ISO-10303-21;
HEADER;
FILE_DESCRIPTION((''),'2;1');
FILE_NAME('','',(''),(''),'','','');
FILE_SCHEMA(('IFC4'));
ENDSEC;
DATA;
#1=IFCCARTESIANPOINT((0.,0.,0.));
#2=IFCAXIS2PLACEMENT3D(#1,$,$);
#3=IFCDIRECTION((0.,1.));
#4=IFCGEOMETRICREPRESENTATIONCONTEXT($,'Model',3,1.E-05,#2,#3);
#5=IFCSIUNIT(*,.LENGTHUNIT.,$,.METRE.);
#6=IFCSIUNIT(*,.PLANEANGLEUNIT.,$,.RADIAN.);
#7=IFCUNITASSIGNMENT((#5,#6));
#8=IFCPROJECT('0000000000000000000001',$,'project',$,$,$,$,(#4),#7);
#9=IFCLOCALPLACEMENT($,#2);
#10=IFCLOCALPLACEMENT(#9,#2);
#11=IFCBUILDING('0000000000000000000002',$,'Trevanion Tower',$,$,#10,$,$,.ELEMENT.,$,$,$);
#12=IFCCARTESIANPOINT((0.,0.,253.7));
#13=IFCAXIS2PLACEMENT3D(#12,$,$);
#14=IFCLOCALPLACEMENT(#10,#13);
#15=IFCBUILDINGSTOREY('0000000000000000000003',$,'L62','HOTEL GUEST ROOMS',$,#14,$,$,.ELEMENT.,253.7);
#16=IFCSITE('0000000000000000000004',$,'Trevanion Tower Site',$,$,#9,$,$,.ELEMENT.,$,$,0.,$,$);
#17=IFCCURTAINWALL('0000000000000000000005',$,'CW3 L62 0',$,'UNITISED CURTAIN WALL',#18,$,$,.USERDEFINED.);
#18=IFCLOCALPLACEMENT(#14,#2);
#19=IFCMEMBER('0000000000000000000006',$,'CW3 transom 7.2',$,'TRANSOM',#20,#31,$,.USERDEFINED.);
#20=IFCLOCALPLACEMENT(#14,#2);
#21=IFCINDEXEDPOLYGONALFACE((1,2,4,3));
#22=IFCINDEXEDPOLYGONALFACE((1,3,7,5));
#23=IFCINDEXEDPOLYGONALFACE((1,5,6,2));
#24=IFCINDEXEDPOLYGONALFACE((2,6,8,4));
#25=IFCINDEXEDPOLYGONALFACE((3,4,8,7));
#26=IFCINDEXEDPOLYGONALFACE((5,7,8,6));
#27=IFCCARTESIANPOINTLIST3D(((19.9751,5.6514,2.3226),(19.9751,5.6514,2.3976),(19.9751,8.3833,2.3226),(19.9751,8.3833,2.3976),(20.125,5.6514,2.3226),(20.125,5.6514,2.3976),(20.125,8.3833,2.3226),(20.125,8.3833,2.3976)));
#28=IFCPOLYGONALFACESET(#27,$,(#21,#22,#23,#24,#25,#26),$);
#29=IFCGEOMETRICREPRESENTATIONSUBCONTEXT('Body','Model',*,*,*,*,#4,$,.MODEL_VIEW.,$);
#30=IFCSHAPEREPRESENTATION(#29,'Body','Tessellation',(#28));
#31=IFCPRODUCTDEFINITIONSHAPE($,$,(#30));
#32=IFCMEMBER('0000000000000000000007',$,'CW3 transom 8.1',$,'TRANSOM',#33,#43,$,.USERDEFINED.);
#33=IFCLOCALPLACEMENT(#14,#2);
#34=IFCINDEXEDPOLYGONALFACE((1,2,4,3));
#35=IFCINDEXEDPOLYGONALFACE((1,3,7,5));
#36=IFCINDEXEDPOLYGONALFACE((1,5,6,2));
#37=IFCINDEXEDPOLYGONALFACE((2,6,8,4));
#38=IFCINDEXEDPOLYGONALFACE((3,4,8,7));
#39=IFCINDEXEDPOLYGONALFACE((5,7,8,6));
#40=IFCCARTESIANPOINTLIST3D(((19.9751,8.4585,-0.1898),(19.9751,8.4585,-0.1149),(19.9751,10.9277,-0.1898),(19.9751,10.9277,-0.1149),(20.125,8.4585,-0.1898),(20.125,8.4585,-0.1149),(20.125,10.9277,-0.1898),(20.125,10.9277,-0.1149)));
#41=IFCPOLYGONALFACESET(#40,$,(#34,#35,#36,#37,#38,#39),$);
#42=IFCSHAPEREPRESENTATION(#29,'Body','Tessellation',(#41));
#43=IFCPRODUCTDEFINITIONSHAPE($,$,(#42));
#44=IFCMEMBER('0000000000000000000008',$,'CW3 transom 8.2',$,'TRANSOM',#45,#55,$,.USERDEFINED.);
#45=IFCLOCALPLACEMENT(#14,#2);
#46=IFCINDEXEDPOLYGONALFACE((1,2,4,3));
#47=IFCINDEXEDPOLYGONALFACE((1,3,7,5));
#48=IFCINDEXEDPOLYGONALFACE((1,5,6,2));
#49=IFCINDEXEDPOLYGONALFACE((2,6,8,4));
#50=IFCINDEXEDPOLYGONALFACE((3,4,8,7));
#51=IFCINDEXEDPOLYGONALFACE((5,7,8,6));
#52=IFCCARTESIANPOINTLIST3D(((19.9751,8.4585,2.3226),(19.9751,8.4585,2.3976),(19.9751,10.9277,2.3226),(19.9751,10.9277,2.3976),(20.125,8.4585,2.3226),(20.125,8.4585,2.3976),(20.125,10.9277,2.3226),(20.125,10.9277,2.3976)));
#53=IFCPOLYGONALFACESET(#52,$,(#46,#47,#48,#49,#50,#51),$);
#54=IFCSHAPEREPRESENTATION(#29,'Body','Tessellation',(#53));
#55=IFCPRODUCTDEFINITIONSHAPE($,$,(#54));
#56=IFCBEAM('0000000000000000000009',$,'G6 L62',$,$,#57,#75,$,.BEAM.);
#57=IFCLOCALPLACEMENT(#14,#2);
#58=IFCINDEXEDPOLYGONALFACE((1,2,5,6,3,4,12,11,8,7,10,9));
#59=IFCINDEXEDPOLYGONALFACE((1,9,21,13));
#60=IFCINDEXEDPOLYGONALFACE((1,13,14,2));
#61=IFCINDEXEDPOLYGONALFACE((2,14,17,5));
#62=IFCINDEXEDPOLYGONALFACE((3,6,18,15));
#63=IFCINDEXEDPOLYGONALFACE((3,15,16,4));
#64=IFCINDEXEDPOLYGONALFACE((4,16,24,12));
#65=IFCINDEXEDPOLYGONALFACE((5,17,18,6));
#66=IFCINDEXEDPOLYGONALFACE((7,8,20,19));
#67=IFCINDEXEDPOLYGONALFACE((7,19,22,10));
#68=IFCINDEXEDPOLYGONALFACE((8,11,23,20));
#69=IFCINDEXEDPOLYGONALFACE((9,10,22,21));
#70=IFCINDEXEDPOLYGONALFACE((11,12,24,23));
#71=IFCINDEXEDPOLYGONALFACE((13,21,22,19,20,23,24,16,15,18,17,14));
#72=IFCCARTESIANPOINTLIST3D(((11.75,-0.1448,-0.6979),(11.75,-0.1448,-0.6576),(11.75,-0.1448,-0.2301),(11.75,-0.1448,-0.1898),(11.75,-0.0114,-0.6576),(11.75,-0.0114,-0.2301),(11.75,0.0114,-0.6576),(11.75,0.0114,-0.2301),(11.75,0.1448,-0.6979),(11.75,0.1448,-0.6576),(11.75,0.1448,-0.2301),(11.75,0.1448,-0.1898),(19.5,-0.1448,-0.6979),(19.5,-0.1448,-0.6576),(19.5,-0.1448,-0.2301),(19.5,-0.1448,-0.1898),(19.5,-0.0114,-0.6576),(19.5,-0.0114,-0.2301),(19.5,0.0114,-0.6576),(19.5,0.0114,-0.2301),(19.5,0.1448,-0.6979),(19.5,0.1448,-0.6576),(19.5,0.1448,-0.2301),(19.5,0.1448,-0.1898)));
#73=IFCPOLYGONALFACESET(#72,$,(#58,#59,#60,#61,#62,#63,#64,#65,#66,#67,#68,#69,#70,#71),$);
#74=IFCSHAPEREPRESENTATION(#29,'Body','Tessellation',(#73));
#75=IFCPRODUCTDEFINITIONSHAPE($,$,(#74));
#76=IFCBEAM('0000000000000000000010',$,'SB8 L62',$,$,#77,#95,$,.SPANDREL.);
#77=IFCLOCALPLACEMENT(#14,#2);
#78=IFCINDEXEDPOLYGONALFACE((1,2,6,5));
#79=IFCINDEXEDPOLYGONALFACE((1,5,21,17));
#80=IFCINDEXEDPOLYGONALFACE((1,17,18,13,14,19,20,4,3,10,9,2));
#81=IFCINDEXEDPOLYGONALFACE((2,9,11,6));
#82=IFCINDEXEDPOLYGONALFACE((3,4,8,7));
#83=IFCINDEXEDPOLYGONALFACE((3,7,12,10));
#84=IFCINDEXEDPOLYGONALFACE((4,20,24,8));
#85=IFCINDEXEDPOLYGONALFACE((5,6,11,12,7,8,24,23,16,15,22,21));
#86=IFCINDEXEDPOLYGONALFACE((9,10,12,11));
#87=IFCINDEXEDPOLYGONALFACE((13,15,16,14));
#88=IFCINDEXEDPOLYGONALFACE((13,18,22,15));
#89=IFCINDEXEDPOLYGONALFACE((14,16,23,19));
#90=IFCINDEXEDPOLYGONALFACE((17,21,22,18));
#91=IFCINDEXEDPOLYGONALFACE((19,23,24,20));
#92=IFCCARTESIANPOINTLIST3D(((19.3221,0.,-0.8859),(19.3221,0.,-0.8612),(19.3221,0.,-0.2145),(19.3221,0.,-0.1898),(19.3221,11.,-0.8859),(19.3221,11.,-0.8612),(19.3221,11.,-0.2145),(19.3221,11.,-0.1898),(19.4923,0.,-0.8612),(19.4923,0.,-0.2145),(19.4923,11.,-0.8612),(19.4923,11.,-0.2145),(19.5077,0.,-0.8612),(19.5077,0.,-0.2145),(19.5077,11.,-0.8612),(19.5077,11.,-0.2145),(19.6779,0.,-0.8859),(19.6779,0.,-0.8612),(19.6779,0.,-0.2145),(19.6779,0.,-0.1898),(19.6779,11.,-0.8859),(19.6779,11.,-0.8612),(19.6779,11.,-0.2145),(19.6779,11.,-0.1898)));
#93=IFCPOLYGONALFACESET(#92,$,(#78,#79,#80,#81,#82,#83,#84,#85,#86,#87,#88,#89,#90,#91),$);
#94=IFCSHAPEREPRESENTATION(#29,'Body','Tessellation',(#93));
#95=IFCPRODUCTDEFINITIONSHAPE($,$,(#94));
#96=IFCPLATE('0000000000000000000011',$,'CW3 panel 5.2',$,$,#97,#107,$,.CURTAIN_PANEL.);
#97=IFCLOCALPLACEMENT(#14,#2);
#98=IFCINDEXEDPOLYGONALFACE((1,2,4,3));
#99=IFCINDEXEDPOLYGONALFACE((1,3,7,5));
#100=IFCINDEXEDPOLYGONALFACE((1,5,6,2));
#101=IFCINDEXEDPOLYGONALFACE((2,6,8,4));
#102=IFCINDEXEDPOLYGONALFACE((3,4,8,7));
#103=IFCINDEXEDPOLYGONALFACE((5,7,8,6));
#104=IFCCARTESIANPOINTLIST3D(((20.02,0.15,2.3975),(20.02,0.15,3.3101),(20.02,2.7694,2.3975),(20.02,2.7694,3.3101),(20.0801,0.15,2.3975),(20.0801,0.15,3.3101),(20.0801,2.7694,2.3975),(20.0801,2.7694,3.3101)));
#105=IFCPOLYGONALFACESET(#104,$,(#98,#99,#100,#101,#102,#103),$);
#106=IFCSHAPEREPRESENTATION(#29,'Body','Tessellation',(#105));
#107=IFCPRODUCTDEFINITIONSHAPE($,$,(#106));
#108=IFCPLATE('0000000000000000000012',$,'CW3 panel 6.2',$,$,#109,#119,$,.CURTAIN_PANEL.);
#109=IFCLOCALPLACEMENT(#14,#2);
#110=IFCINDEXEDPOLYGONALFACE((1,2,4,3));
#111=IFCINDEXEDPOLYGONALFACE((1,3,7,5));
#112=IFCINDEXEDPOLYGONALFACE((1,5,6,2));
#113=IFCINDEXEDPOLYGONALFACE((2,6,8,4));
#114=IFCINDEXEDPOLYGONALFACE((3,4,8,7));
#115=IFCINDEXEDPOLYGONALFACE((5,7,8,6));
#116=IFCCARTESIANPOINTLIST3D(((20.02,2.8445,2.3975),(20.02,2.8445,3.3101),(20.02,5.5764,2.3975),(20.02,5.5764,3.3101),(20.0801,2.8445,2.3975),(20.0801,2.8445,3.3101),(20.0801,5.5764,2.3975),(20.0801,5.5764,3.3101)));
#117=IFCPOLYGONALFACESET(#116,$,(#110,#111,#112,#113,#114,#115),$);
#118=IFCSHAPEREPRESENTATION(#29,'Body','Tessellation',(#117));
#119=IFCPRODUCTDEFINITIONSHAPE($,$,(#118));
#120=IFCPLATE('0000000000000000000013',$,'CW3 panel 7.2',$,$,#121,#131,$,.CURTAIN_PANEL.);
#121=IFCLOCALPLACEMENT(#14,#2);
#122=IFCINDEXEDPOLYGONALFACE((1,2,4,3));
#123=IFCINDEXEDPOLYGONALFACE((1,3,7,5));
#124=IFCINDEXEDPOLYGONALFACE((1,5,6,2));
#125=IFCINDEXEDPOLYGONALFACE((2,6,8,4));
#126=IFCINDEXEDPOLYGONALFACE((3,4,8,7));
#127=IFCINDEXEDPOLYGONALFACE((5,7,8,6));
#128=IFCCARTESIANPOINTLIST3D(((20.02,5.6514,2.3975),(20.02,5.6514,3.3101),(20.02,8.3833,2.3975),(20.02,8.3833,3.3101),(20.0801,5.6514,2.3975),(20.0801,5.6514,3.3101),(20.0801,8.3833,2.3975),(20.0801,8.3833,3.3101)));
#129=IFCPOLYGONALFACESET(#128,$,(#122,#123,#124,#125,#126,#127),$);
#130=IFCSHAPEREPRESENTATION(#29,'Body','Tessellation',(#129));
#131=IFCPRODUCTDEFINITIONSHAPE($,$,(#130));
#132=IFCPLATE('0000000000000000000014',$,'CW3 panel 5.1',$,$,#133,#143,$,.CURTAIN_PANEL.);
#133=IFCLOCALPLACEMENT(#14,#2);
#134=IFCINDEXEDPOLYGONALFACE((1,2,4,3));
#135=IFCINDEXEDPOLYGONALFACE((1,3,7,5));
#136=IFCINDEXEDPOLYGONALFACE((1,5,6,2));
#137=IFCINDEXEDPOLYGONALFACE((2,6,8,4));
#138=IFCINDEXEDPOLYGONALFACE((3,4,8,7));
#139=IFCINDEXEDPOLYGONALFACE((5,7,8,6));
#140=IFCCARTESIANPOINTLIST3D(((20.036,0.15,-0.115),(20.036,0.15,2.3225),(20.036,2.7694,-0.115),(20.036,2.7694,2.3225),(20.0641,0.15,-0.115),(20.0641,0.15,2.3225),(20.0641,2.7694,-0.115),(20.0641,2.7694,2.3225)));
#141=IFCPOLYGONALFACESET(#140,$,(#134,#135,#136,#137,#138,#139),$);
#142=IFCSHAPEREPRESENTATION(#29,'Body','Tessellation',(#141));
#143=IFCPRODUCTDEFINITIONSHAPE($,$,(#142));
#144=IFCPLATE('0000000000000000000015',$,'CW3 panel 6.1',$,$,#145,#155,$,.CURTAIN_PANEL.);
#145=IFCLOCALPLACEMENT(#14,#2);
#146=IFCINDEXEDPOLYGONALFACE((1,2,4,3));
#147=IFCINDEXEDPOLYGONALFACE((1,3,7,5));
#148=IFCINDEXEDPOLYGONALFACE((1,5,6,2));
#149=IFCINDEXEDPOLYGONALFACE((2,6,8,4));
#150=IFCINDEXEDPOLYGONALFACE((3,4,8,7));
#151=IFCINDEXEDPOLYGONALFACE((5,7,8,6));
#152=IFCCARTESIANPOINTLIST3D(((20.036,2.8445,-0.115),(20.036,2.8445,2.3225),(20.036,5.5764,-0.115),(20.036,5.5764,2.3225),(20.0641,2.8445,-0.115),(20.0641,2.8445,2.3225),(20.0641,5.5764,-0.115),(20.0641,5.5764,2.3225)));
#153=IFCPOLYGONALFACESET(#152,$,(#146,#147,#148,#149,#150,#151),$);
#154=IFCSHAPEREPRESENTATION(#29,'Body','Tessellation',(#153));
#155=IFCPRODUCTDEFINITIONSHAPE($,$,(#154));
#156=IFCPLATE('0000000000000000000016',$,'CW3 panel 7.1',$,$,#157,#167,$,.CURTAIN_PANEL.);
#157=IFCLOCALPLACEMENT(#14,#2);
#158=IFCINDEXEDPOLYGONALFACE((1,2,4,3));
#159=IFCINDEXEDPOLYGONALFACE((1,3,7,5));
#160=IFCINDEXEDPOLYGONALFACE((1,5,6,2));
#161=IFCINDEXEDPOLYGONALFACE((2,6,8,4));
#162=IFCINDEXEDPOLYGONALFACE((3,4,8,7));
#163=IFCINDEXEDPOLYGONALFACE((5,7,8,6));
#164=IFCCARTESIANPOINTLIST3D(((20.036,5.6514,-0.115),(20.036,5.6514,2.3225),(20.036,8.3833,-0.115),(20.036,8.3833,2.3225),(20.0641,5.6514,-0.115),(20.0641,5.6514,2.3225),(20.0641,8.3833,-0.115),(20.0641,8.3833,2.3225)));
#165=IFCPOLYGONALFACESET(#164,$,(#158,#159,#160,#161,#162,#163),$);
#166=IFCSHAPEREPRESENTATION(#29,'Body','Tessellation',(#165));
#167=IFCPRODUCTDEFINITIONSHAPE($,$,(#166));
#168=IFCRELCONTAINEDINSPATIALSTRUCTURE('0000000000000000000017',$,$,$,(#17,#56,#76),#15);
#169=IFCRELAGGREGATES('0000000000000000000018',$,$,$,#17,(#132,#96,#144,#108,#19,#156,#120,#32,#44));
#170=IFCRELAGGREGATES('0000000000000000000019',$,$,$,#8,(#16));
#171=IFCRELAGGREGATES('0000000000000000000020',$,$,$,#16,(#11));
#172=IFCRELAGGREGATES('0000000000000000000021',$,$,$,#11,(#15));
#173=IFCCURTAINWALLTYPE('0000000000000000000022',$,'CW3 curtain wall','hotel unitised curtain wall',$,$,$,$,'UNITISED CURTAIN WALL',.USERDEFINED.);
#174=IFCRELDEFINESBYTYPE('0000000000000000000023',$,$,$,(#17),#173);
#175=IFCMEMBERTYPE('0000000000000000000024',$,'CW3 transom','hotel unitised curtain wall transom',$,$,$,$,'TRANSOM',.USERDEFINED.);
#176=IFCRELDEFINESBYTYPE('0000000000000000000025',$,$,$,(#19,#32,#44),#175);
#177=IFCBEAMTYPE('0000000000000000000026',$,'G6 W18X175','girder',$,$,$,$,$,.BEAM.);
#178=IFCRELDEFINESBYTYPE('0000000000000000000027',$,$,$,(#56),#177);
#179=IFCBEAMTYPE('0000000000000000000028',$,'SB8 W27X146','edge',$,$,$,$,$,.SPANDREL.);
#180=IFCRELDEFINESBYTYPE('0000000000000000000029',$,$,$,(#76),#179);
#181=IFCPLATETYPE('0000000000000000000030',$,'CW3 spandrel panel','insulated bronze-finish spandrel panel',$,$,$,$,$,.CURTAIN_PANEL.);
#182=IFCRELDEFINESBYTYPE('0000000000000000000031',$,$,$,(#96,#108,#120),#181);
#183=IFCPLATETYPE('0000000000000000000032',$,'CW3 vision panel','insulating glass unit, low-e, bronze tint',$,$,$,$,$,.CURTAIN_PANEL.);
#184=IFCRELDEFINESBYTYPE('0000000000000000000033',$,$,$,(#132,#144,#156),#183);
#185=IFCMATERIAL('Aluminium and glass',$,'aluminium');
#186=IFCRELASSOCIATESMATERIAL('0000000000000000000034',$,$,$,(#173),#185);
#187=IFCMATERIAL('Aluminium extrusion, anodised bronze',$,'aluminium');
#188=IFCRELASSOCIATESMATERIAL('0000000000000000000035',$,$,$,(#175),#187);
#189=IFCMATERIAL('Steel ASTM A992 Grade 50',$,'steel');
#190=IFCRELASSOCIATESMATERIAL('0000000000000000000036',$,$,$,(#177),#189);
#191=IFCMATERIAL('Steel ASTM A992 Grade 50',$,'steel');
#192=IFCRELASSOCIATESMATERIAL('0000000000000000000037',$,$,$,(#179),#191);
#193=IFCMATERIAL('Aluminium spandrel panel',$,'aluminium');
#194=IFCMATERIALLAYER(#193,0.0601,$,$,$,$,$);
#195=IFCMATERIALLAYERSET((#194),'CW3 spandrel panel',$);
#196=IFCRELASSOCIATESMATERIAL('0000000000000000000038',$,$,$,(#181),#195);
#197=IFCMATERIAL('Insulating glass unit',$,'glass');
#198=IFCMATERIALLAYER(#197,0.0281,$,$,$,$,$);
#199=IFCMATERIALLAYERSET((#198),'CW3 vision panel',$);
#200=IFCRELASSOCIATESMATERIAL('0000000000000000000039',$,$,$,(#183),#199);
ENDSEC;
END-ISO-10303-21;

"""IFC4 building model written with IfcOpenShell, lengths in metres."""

from ifc_helpers import new_model, si_unit, direction, frame, origin, origin_2d, place, context, subcontext, project, spatial, rectangle, i_section, extrude, material, layer, layer_set, material_profile, profile_set, type_object, element, aggregate, save


model = new_model("IFC4")

# Units and contexts
model_context = context("Model", 3, precision=1e-05, world=origin(), true_north=direction((0.0, 1.0)))
body_context = subcontext(model_context, "Body", "Model", "MODEL_VIEW")
ifc_project = project(units=[si_unit("LENGTHUNIT", "METRE"), si_unit("PLANEANGLEUNIT", "RADIAN")], contexts=[model_context])

# Site, building, storey
site_placement = place(None, origin())
site = spatial("IfcSite", under=ifc_project, at=site_placement, Name="Trevanion Tower Site", CompositionType="ELEMENT", RefElevation=0.0)
building_placement = place(site_placement, origin())
building = spatial("IfcBuilding", under=site, at=building_placement, Name="Trevanion Tower", CompositionType="ELEMENT")
storey_placement = place(building_placement, frame((0.0, 0.0, 253.7)))
storey = spatial("IfcBuildingStorey", under=building, at=storey_placement, Name="L62", Description="HOTEL GUEST ROOMS", CompositionType="ELEMENT", Elevation=253.7)

# Curtain wall, members
ifc_material_1 = material(Name="Aluminium and glass", Category="aluminium")
curtain_wall_type = type_object("IfcCurtainWallType", Name="CW3 curtain wall", Description="hotel unitised curtain wall", ElementType="UNITISED CURTAIN WALL", PredefinedType="USERDEFINED", material=ifc_material_1)
curtain_wall_placement = place(storey_placement, origin())
curtain_wall = element("IfcCurtainWall", 1, at=curtain_wall_placement, inside=storey, type_object=curtain_wall_type, Name="CW3 L62 0", ObjectType="UNITISED CURTAIN WALL", PredefinedType="USERDEFINED")
ifc_material_2 = material(Name="Aluminium extrusion, anodised bronze", Category="aluminium")
ifc_material_profile_1 = material_profile(ifc_material_2, rectangle(XDim=0.1499, YDim=0.075, at=origin_2d()), Name="CW3 transom")
ifc_profile_set_1 = profile_set([ifc_material_profile_1], Name="Aluminium extrusion, anodised bronze")
member_type_1 = type_object("IfcMemberType", Name="CW3 transom", Description="hotel unitised curtain wall transom", ElementType="TRANSOM", PredefinedType="USERDEFINED", material=ifc_profile_set_1)
member_1_placement = place(storey_placement, frame((20.05, 5.6514, 2.3601), z_axis=(0.0, 1.0, 0.0), x_axis=(-1.0, 0.0, 0.0)))
member_1 = element("IfcMember", 2, at=member_1_placement, type_object=member_type_1, Name="CW3 transom 7.2", ObjectType="TRANSOM", PredefinedType="USERDEFINED", context=body_context, shape_type="SweptSolid", body=[
    extrude(rectangle(XDim=0.1499, YDim=0.075, at=origin_2d()), origin(), (0.0, 0.0, 1.0), 2.7319),
])
member_2_placement = place(storey_placement, frame((20.05, 8.4585, -0.1523), z_axis=(0.0, 1.0, 0.0), x_axis=(-1.0, 0.0, 0.0)))
member_2 = element("IfcMember", 3, at=member_2_placement, type_object=member_type_1, Name="CW3 transom 8.1", ObjectType="TRANSOM", PredefinedType="USERDEFINED", context=body_context, shape_type="SweptSolid", body=[
    extrude(rectangle(XDim=0.1499, YDim=0.075, at=origin_2d()), origin(), (0.0, 0.0, 1.0), 2.4692),
])
member_3_placement = place(storey_placement, frame((20.05, 8.4585, 2.3601), z_axis=(0.0, 1.0, 0.0), x_axis=(-1.0, 0.0, 0.0)))
member_3 = element("IfcMember", 4, at=member_3_placement, type_object=member_type_1, Name="CW3 transom 8.2", ObjectType="TRANSOM", PredefinedType="USERDEFINED", context=body_context, shape_type="SweptSolid", body=[
    extrude(rectangle(XDim=0.1499, YDim=0.075, at=origin_2d()), origin(), (0.0, 0.0, 1.0), 2.4692),
])

# Beams
ifc_material_3 = material(Name="Steel ASTM A992 Grade 50", Category="steel")
ifc_material_profile_2 = material_profile(ifc_material_3, i_section(OverallWidth=0.2896, OverallDepth=0.5081, WebThickness=0.0227, FlangeThickness=0.0403, at=origin_2d()), Name="W18X175")
ifc_profile_set_2 = profile_set([ifc_material_profile_2], Name="Steel ASTM A992 Grade 50")
beam_type_1 = type_object("IfcBeamType", Name="G6 W18X175", Description="girder", PredefinedType="BEAM", material=ifc_profile_set_2)
beam_1_placement = place(storey_placement, frame((11.75, 0.0, -0.4438), z_axis=(1.0, 0.0, 0.0), x_axis=(0.0, 1.0, 0.0)))
element("IfcBeam", 5, at=beam_1_placement, inside=storey, type_object=beam_type_1, Name="G6 L62", PredefinedType="BEAM", context=body_context, shape_type="SweptSolid", body=[
    extrude(i_section(OverallWidth=0.2896, OverallDepth=0.5081, WebThickness=0.0227, FlangeThickness=0.0403, at=origin_2d()), origin(), (0.0, 0.0, 1.0), 7.75),
])
ifc_material_4 = material(Name="Steel ASTM A992 Grade 50", Category="steel")
ifc_material_profile_3 = material_profile(ifc_material_4, i_section(OverallWidth=0.3557, OverallDepth=0.696, WebThickness=0.0154, FlangeThickness=0.0247, at=origin_2d()), Name="W27X146")
ifc_profile_set_3 = profile_set([ifc_material_profile_3], Name="Steel ASTM A992 Grade 50")
beam_type_2 = type_object("IfcBeamType", Name="SB8 W27X146", Description="edge", PredefinedType="SPANDREL", material=ifc_profile_set_3)
beam_2_placement = place(storey_placement, frame((19.5, 0.0, -0.5378), z_axis=(0.0, 1.0, 0.0), x_axis=(-1.0, 0.0, 0.0)))
element("IfcBeam", 6, at=beam_2_placement, inside=storey, type_object=beam_type_2, Name="SB8 L62", PredefinedType="SPANDREL", context=body_context, shape_type="SweptSolid", body=[
    extrude(i_section(OverallWidth=0.3557, OverallDepth=0.696, WebThickness=0.0154, FlangeThickness=0.0247, at=origin_2d()), origin(), (0.0, 0.0, 1.0), 11.0),
])

# Plates
ifc_material_5 = material(Name="Aluminium spandrel panel", Category="aluminium")
ifc_layer_1 = layer(ifc_material_5, 0.0601)
ifc_layer_set_1 = layer_set([ifc_layer_1], Name="CW3 spandrel panel")
plate_type_1 = type_object("IfcPlateType", Name="CW3 spandrel panel", Description="insulated bronze-finish spandrel panel", PredefinedType="CURTAIN_PANEL", material=ifc_layer_set_1)
plate_1_placement = place(storey_placement, frame((20.05, 1.4597, 2.3975), z_axis=(0.0, 0.0, 1.0), x_axis=(0.0, 1.0, 0.0)))
plate_1 = element("IfcPlate", 7, at=plate_1_placement, type_object=plate_type_1, Name="CW3 panel 5.2", PredefinedType="CURTAIN_PANEL", context=body_context, shape_type="SweptSolid", body=[
    extrude(rectangle(XDim=2.6194, YDim=0.0601, at=origin_2d()), origin(), (0.0, 0.0, 1.0), 0.9126),
])
plate_2_placement = place(storey_placement, frame((20.05, 4.2104, 2.3975), z_axis=(0.0, 0.0, 1.0), x_axis=(0.0, 1.0, 0.0)))
plate_2 = element("IfcPlate", 8, at=plate_2_placement, type_object=plate_type_1, Name="CW3 panel 6.2", PredefinedType="CURTAIN_PANEL", context=body_context, shape_type="SweptSolid", body=[
    extrude(rectangle(XDim=2.7319, YDim=0.0601, at=origin_2d()), origin(), (0.0, 0.0, 1.0), 0.9126),
])
plate_3_placement = place(storey_placement, frame((20.05, 7.0173, 2.3975), z_axis=(0.0, 0.0, 1.0), x_axis=(0.0, 1.0, 0.0)))
plate_3 = element("IfcPlate", 9, at=plate_3_placement, type_object=plate_type_1, Name="CW3 panel 7.2", PredefinedType="CURTAIN_PANEL", context=body_context, shape_type="SweptSolid", body=[
    extrude(rectangle(XDim=2.7319, YDim=0.0601, at=origin_2d()), origin(), (0.0, 0.0, 1.0), 0.9126),
])
ifc_material_6 = material(Name="Insulating glass unit", Category="glass")
ifc_layer_2 = layer(ifc_material_6, 0.0281)
ifc_layer_set_2 = layer_set([ifc_layer_2], Name="CW3 vision panel")
plate_type_2 = type_object("IfcPlateType", Name="CW3 vision panel", Description="insulating glass unit, low-e, bronze tint", PredefinedType="CURTAIN_PANEL", material=ifc_layer_set_2)
plate_4_placement = place(storey_placement, frame((20.05, 1.4597, -0.115), z_axis=(0.0, 0.0, 1.0), x_axis=(0.0, 1.0, 0.0)))
plate_4 = element("IfcPlate", 10, at=plate_4_placement, type_object=plate_type_2, Name="CW3 panel 5.1", PredefinedType="CURTAIN_PANEL", context=body_context, shape_type="SweptSolid", body=[
    extrude(rectangle(XDim=2.6194, YDim=0.0281, at=origin_2d()), origin(), (0.0, 0.0, 1.0), 2.4375),
])
plate_5_placement = place(storey_placement, frame((20.05, 4.2104, -0.115), z_axis=(0.0, 0.0, 1.0), x_axis=(0.0, 1.0, 0.0)))
plate_5 = element("IfcPlate", 11, at=plate_5_placement, type_object=plate_type_2, Name="CW3 panel 6.1", PredefinedType="CURTAIN_PANEL", context=body_context, shape_type="SweptSolid", body=[
    extrude(rectangle(XDim=2.7319, YDim=0.0281, at=origin_2d()), origin(), (0.0, 0.0, 1.0), 2.4375),
])
plate_6_placement = place(storey_placement, frame((20.05, 7.0173, -0.115), z_axis=(0.0, 0.0, 1.0), x_axis=(0.0, 1.0, 0.0)))
plate_6 = element("IfcPlate", 12, at=plate_6_placement, type_object=plate_type_2, Name="CW3 panel 7.1", PredefinedType="CURTAIN_PANEL", context=body_context, shape_type="SweptSolid", body=[
    extrude(rectangle(XDim=2.7319, YDim=0.0281, at=origin_2d()), origin(), (0.0, 0.0, 1.0), 2.4375),
])
aggregate(curtain_wall, [plate_4, plate_1, plate_5, plate_2, member_1, plate_6, plate_3, member_2, member_3])

save(model, "model.ifc")
